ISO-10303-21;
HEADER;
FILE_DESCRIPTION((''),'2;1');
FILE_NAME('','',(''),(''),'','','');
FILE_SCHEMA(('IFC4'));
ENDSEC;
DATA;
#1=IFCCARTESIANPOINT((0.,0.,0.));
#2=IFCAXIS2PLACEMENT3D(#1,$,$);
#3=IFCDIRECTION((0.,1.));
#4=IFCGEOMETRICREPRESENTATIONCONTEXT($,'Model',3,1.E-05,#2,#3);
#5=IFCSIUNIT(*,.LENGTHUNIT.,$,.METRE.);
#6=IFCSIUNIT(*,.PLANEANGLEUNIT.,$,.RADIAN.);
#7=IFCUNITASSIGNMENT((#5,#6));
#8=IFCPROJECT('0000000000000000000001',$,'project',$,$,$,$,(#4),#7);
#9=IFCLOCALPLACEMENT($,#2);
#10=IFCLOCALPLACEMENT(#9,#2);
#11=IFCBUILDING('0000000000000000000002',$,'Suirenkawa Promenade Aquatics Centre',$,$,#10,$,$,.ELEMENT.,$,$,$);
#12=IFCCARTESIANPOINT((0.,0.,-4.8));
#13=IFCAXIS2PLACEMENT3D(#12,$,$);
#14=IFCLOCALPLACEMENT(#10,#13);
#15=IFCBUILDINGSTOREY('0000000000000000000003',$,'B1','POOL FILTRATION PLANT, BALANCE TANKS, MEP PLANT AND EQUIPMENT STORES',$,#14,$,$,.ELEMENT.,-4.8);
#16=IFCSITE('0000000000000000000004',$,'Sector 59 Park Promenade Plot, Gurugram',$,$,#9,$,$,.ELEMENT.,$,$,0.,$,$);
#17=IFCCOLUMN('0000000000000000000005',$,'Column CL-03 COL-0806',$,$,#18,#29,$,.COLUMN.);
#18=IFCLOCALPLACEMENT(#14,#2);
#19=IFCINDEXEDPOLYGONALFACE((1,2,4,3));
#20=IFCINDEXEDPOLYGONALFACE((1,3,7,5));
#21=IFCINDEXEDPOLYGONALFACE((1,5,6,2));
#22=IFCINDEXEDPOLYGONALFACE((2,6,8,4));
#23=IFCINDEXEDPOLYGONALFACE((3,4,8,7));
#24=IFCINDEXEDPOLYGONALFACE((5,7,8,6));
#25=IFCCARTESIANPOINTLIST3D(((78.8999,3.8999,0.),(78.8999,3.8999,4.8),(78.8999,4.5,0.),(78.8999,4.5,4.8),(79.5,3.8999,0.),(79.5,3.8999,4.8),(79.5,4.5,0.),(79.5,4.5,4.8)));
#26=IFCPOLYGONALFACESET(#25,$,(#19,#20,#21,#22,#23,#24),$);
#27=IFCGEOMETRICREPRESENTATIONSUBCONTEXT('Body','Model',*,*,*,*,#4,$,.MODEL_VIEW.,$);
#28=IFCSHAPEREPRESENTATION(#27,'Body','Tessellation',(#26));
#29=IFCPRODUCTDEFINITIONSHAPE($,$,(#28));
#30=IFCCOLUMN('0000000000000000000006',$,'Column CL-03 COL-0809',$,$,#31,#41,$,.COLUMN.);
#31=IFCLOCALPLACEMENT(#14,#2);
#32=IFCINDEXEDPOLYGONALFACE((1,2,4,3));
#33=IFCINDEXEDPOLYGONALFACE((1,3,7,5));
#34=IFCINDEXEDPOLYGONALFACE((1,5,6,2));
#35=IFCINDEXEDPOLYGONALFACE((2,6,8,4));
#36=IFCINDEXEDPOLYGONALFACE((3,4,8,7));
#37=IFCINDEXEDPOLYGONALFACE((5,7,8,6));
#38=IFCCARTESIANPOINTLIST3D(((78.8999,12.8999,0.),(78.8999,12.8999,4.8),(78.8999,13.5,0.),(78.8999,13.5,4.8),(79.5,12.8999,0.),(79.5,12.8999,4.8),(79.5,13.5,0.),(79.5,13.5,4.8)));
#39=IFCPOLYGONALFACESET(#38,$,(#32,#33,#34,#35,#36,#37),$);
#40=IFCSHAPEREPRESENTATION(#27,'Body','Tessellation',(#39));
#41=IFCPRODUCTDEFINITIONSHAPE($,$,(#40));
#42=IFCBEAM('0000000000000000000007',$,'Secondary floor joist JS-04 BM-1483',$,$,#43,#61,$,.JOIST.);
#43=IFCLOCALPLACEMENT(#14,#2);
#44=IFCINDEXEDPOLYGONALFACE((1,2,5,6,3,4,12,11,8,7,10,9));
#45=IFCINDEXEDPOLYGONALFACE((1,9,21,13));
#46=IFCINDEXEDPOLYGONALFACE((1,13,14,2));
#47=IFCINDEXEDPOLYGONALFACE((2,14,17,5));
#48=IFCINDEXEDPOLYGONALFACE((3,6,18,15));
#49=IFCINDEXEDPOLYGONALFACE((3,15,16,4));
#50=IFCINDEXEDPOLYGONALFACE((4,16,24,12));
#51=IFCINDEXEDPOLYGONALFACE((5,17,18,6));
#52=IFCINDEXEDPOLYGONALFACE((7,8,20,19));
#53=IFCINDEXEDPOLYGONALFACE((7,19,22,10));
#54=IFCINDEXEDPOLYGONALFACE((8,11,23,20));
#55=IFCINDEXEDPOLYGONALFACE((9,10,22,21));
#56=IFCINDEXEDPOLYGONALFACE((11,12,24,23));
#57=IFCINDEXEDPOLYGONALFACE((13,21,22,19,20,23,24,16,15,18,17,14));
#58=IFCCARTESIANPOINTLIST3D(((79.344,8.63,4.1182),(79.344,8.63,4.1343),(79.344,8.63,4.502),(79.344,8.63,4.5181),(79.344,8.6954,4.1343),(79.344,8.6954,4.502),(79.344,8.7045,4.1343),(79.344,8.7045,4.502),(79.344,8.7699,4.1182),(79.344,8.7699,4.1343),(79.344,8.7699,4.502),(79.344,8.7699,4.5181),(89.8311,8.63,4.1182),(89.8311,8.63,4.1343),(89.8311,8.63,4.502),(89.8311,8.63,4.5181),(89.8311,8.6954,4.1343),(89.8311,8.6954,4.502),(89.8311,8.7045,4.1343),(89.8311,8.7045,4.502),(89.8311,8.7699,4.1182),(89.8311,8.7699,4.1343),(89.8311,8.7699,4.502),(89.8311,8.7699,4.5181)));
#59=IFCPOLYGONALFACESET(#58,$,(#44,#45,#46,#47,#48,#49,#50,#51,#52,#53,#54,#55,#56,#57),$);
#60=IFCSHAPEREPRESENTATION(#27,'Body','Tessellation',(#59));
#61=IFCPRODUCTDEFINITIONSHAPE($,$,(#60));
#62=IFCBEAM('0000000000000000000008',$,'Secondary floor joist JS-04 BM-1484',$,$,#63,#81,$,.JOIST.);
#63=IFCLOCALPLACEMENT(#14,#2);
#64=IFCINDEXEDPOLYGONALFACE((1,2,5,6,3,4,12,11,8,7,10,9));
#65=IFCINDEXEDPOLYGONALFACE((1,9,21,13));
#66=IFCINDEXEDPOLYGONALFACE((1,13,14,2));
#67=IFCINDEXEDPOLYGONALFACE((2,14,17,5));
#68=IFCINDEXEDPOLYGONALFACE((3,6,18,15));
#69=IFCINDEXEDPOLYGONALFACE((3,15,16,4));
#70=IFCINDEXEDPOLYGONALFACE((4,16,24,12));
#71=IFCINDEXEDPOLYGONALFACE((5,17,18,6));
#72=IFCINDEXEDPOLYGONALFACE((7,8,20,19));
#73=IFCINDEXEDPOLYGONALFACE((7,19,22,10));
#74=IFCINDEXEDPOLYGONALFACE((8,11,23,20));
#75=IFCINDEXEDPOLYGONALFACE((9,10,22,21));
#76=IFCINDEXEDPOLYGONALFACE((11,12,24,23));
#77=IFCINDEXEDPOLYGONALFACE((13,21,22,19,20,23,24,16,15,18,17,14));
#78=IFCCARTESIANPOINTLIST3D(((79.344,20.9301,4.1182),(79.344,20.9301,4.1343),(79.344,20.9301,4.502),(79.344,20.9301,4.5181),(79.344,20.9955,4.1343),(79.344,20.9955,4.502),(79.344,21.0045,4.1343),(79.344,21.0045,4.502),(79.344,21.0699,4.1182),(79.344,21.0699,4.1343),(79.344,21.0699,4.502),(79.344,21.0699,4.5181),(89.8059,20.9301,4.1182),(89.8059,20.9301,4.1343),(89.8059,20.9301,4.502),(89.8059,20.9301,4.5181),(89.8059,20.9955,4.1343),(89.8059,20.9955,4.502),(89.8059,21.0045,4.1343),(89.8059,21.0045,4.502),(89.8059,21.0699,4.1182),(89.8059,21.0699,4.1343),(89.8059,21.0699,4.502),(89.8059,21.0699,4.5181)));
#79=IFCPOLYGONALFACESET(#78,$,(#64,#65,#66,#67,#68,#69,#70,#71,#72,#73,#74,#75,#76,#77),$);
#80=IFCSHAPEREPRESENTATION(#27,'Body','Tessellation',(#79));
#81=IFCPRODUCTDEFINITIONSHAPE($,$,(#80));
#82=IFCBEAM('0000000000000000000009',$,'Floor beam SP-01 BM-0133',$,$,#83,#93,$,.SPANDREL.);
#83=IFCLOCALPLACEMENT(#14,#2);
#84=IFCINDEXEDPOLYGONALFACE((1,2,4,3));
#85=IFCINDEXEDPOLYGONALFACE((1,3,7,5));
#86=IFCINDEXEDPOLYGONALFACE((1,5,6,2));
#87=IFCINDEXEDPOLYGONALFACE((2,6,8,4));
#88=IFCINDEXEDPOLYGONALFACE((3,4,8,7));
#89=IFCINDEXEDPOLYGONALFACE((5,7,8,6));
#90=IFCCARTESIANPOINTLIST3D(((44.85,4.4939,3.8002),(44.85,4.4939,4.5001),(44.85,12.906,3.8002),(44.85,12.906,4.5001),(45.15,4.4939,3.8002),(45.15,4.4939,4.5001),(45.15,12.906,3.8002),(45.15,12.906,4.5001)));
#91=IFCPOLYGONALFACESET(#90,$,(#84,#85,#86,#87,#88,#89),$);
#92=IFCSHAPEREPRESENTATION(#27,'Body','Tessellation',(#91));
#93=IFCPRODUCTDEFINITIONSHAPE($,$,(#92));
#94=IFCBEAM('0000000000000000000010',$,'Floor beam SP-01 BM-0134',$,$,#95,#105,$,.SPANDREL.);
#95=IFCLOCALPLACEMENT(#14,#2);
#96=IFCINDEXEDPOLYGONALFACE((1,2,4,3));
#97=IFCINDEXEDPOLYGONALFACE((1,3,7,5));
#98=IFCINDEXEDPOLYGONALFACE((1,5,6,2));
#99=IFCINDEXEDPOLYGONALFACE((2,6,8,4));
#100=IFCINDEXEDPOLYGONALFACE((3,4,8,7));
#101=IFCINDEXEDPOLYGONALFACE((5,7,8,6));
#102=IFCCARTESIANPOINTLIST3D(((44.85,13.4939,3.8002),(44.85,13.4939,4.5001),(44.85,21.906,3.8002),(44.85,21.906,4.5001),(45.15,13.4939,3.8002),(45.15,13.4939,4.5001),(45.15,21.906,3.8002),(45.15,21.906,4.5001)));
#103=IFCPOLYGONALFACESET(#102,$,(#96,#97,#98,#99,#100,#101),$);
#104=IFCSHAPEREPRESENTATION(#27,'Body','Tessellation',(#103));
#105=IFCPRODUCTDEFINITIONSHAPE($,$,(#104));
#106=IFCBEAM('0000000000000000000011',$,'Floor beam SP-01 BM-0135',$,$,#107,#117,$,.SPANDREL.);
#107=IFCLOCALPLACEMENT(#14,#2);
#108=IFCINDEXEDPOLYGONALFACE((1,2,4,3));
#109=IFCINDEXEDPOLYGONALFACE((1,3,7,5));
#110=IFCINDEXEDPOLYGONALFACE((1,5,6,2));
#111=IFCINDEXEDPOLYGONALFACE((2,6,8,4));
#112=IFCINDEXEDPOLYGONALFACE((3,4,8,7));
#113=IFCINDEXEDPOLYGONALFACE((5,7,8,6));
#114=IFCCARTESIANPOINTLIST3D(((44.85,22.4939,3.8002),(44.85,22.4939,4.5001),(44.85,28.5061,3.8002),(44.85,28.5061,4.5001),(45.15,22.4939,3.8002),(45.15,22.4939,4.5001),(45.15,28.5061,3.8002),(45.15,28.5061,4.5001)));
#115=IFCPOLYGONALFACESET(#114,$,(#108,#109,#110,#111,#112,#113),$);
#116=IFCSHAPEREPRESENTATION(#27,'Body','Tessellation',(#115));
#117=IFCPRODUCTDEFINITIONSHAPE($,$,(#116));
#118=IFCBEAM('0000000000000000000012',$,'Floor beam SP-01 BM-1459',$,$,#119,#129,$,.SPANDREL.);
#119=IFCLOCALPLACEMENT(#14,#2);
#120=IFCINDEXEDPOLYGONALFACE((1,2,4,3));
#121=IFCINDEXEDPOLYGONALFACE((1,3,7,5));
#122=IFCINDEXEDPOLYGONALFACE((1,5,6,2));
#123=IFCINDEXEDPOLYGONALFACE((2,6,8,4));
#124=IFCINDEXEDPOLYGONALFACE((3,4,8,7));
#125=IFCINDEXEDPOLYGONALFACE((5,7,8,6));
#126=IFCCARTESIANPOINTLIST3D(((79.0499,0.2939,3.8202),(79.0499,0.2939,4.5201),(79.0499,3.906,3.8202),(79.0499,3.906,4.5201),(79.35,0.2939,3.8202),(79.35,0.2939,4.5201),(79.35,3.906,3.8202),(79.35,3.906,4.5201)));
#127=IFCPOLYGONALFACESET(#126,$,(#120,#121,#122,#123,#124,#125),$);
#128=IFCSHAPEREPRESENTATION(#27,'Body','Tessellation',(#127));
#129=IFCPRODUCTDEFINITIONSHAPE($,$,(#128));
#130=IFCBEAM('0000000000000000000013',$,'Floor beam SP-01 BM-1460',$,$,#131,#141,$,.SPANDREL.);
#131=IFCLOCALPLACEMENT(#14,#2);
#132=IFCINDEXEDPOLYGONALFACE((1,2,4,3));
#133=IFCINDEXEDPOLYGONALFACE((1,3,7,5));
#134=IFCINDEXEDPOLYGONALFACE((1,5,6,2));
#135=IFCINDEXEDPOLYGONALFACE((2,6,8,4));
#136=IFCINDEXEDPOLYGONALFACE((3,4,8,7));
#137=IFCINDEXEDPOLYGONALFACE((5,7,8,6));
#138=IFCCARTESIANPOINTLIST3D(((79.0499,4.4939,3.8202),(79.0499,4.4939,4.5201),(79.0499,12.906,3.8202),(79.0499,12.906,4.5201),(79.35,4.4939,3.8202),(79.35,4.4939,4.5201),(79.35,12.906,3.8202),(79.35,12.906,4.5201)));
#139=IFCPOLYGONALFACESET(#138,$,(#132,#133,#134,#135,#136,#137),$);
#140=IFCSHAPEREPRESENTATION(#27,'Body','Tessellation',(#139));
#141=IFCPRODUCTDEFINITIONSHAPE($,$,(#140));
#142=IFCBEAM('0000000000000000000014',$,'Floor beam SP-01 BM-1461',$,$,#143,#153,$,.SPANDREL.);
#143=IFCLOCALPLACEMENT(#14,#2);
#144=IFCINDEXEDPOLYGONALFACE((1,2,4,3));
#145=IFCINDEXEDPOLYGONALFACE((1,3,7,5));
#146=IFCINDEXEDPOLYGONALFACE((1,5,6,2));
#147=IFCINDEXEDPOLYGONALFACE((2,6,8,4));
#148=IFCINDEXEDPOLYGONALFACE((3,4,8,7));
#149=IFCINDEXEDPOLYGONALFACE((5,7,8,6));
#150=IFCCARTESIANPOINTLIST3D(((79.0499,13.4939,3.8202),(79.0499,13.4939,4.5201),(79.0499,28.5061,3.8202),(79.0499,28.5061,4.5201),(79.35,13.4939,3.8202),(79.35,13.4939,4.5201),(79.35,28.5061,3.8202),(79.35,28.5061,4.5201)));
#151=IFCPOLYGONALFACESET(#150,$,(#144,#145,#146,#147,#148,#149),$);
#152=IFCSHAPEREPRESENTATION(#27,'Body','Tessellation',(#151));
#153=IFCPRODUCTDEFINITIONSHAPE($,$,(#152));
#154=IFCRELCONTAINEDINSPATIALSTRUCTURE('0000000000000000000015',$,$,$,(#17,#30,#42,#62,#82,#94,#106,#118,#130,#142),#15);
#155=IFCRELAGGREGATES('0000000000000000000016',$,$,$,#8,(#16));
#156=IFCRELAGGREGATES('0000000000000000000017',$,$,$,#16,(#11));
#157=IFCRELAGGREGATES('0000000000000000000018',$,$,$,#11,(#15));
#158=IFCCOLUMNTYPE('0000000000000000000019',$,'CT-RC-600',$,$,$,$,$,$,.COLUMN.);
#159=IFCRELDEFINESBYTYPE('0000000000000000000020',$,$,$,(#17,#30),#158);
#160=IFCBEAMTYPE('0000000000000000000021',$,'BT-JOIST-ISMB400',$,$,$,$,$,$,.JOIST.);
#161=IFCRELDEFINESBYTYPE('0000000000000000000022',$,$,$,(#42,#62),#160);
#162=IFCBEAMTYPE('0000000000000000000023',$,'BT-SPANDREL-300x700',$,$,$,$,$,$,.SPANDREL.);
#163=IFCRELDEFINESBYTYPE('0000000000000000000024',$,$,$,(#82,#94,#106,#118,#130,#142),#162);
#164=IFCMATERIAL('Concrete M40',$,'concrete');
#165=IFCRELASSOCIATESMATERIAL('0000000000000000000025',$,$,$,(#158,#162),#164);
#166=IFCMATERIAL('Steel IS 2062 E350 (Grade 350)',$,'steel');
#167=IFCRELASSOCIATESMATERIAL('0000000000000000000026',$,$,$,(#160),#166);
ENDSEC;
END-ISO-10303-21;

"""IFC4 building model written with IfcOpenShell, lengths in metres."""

from ifc_helpers import new_model, si_unit, direction, frame, origin, origin_2d, place, context, subcontext, project, spatial, rectangle, i_section, extrude, material, material_profile, profile_set, type_object, element, save


model = new_model("IFC4")

# Units and contexts
model_context = context("Model", 3, precision=1e-05, world=origin(), true_north=direction((0.0, 1.0)))
body_context = subcontext(model_context, "Body", "Model", "MODEL_VIEW")
ifc_project = project(units=[si_unit("LENGTHUNIT", "METRE"), si_unit("PLANEANGLEUNIT", "RADIAN")], contexts=[model_context])

# Site, building, storey
site_placement = place(None, origin())
site = spatial("IfcSite", under=ifc_project, at=site_placement, Name="Sector 59 Park Promenade Plot, Gurugram", CompositionType="ELEMENT", RefElevation=0.0)
building_placement = place(site_placement, origin())
building = spatial("IfcBuilding", under=site, at=building_placement, Name="Suirenkawa Promenade Aquatics Centre", CompositionType="ELEMENT")
storey_placement = place(building_placement, frame((0.0, 0.0, -4.8)))
storey = spatial("IfcBuildingStorey", under=building, at=storey_placement, Name="B1", Description="POOL FILTRATION PLANT, BALANCE TANKS, MEP PLANT AND EQUIPMENT STORES", CompositionType="ELEMENT", Elevation=-4.8)

# Columns
ifc_material_1 = material(Name="Concrete M40", Category="concrete")
ifc_material_profile_1 = material_profile(ifc_material_1, rectangle(XDim=0.6001, YDim=0.6001, at=origin_2d()), Name="RC COL 600x600", Category="concrete")
ifc_profile_set_1 = profile_set([ifc_material_profile_1], Name="Concrete M40")
column_type = type_object("IfcColumnType", Name="CT-RC-600", PredefinedType="COLUMN", material=ifc_profile_set_1)
for number, where, z_axis, x_axis, name in (
    (1, (79.2, 4.2, 0.0), (0.0, 0.0, 1.0), (1.0, 0.0, 0.0), "Column CL-03 COL-0806"),
    (2, (79.2, 13.2, 0.0), (0.0, 0.0, 1.0), (1.0, 0.0, 0.0), "Column CL-03 COL-0809"),
):
    element("IfcColumn", number, at=place(storey_placement, frame(where, z_axis=z_axis, x_axis=x_axis)), inside=storey, type_object=column_type, Name=name, PredefinedType="COLUMN", context=body_context, shape_type="SweptSolid", body=[
        extrude(rectangle(XDim=0.6001, YDim=0.6001, at=origin_2d()), origin(), (0.0, 0.0, 1.0), 4.8),
    ])

# Beams
ifc_material_2 = material(Name="Steel IS 2062 E350 (Grade 350)", Category="steel")
ifc_material_profile_2 = material_profile(ifc_material_2, i_section(OverallWidth=0.1399, OverallDepth=0.3999, WebThickness=0.009, FlangeThickness=0.0161, at=origin_2d()), Name="ISMB 400", Category="steel")
ifc_profile_set_2 = profile_set([ifc_material_profile_2], Name="Steel IS 2062 E350 (Grade 350)")
beam_type_1 = type_object("IfcBeamType", Name="BT-JOIST-ISMB400", PredefinedType="JOIST", material=ifc_profile_set_2)
beam_1_placement = place(storey_placement, frame((79.344, 8.7, 4.3181), z_axis=(1.0, 0.0, 0.0), x_axis=(0.0, 1.0, 0.0)))
element("IfcBeam", 3, at=beam_1_placement, inside=storey, type_object=beam_type_1, Name="Secondary floor joist JS-04 BM-1483", PredefinedType="JOIST", context=body_context, shape_type="SweptSolid", body=[
    extrude(i_section(OverallWidth=0.1399, OverallDepth=0.3999, WebThickness=0.009, FlangeThickness=0.0161, at=origin_2d()), origin(), (0.0, 0.0, 1.0), 10.4871),
])
beam_2_placement = place(storey_placement, frame((79.344, 21.0, 4.3181), z_axis=(1.0, 0.0, 0.0), x_axis=(0.0, 1.0, 0.0)))
element("IfcBeam", 4, at=beam_2_placement, inside=storey, type_object=beam_type_1, Name="Secondary floor joist JS-04 BM-1484", PredefinedType="JOIST", context=body_context, shape_type="SweptSolid", body=[
    extrude(i_section(OverallWidth=0.1399, OverallDepth=0.3999, WebThickness=0.009, FlangeThickness=0.0161, at=origin_2d()), origin(), (0.0, 0.0, 1.0), 10.4619),
])
ifc_material_profile_3 = material_profile(ifc_material_1, rectangle(XDim=0.3, YDim=0.7, at=origin_2d()), Name="RC SPANDREL 300x700", Category="concrete")
ifc_profile_set_3 = profile_set([ifc_material_profile_3], Name="Concrete M40")
beam_type_2 = type_object("IfcBeamType", Name="BT-SPANDREL-300x700", PredefinedType="SPANDREL", material=ifc_profile_set_3)
for number, where, z_axis, x_axis, name in (
    (5, (45.0, 4.4939, 4.1501), (0.0, 1.0, 0.0), (-1.0, 0.0, 0.0), "Floor beam SP-01 BM-0133"),
    (6, (45.0, 13.4939, 4.1501), (0.0, 1.0, 0.0), (-1.0, 0.0, 0.0), "Floor beam SP-01 BM-0134"),
):
    element("IfcBeam", number, at=place(storey_placement, frame(where, z_axis=z_axis, x_axis=x_axis)), inside=storey, type_object=beam_type_2, Name=name, PredefinedType="SPANDREL", context=body_context, shape_type="SweptSolid", body=[
        extrude(rectangle(XDim=0.3, YDim=0.7, at=origin_2d()), origin(), (0.0, 0.0, 1.0), 8.4121),
    ])
beam_3_placement = place(storey_placement, frame((45.0, 22.4939, 4.1501), z_axis=(0.0, 1.0, 0.0), x_axis=(-1.0, 0.0, 0.0)))
element("IfcBeam", 7, at=beam_3_placement, inside=storey, type_object=beam_type_2, Name="Floor beam SP-01 BM-0135", PredefinedType="SPANDREL", context=body_context, shape_type="SweptSolid", body=[
    extrude(rectangle(XDim=0.3, YDim=0.7, at=origin_2d()), origin(), (0.0, 0.0, 1.0), 6.0122),
])
beam_4_placement = place(storey_placement, frame((79.2, 0.2939, 4.1702), z_axis=(0.0, 1.0, 0.0), x_axis=(-1.0, 0.0, 0.0)))
element("IfcBeam", 8, at=beam_4_placement, inside=storey, type_object=beam_type_2, Name="Floor beam SP-01 BM-1459", PredefinedType="SPANDREL", context=body_context, shape_type="SweptSolid", body=[
    extrude(rectangle(XDim=0.3, YDim=0.7, at=origin_2d()), origin(), (0.0, 0.0, 1.0), 3.6121),
])
beam_5_placement = place(storey_placement, frame((79.2, 4.4939, 4.1702), z_axis=(0.0, 1.0, 0.0), x_axis=(-1.0, 0.0, 0.0)))
element("IfcBeam", 9, at=beam_5_placement, inside=storey, type_object=beam_type_2, Name="Floor beam SP-01 BM-1460", PredefinedType="SPANDREL", context=body_context, shape_type="SweptSolid", body=[
    extrude(rectangle(XDim=0.3, YDim=0.7, at=origin_2d()), origin(), (0.0, 0.0, 1.0), 8.4121),
])
beam_6_placement = place(storey_placement, frame((79.2, 13.4939, 4.1702), z_axis=(0.0, 1.0, 0.0), x_axis=(-1.0, 0.0, 0.0)))
element("IfcBeam", 10, at=beam_6_placement, inside=storey, type_object=beam_type_2, Name="Floor beam SP-01 BM-1461", PredefinedType="SPANDREL", context=body_context, shape_type="SweptSolid", body=[
    extrude(rectangle(XDim=0.3, YDim=0.7, at=origin_2d()), origin(), (0.0, 0.0, 1.0), 15.0122),
])

save(model, "model.ifc")
